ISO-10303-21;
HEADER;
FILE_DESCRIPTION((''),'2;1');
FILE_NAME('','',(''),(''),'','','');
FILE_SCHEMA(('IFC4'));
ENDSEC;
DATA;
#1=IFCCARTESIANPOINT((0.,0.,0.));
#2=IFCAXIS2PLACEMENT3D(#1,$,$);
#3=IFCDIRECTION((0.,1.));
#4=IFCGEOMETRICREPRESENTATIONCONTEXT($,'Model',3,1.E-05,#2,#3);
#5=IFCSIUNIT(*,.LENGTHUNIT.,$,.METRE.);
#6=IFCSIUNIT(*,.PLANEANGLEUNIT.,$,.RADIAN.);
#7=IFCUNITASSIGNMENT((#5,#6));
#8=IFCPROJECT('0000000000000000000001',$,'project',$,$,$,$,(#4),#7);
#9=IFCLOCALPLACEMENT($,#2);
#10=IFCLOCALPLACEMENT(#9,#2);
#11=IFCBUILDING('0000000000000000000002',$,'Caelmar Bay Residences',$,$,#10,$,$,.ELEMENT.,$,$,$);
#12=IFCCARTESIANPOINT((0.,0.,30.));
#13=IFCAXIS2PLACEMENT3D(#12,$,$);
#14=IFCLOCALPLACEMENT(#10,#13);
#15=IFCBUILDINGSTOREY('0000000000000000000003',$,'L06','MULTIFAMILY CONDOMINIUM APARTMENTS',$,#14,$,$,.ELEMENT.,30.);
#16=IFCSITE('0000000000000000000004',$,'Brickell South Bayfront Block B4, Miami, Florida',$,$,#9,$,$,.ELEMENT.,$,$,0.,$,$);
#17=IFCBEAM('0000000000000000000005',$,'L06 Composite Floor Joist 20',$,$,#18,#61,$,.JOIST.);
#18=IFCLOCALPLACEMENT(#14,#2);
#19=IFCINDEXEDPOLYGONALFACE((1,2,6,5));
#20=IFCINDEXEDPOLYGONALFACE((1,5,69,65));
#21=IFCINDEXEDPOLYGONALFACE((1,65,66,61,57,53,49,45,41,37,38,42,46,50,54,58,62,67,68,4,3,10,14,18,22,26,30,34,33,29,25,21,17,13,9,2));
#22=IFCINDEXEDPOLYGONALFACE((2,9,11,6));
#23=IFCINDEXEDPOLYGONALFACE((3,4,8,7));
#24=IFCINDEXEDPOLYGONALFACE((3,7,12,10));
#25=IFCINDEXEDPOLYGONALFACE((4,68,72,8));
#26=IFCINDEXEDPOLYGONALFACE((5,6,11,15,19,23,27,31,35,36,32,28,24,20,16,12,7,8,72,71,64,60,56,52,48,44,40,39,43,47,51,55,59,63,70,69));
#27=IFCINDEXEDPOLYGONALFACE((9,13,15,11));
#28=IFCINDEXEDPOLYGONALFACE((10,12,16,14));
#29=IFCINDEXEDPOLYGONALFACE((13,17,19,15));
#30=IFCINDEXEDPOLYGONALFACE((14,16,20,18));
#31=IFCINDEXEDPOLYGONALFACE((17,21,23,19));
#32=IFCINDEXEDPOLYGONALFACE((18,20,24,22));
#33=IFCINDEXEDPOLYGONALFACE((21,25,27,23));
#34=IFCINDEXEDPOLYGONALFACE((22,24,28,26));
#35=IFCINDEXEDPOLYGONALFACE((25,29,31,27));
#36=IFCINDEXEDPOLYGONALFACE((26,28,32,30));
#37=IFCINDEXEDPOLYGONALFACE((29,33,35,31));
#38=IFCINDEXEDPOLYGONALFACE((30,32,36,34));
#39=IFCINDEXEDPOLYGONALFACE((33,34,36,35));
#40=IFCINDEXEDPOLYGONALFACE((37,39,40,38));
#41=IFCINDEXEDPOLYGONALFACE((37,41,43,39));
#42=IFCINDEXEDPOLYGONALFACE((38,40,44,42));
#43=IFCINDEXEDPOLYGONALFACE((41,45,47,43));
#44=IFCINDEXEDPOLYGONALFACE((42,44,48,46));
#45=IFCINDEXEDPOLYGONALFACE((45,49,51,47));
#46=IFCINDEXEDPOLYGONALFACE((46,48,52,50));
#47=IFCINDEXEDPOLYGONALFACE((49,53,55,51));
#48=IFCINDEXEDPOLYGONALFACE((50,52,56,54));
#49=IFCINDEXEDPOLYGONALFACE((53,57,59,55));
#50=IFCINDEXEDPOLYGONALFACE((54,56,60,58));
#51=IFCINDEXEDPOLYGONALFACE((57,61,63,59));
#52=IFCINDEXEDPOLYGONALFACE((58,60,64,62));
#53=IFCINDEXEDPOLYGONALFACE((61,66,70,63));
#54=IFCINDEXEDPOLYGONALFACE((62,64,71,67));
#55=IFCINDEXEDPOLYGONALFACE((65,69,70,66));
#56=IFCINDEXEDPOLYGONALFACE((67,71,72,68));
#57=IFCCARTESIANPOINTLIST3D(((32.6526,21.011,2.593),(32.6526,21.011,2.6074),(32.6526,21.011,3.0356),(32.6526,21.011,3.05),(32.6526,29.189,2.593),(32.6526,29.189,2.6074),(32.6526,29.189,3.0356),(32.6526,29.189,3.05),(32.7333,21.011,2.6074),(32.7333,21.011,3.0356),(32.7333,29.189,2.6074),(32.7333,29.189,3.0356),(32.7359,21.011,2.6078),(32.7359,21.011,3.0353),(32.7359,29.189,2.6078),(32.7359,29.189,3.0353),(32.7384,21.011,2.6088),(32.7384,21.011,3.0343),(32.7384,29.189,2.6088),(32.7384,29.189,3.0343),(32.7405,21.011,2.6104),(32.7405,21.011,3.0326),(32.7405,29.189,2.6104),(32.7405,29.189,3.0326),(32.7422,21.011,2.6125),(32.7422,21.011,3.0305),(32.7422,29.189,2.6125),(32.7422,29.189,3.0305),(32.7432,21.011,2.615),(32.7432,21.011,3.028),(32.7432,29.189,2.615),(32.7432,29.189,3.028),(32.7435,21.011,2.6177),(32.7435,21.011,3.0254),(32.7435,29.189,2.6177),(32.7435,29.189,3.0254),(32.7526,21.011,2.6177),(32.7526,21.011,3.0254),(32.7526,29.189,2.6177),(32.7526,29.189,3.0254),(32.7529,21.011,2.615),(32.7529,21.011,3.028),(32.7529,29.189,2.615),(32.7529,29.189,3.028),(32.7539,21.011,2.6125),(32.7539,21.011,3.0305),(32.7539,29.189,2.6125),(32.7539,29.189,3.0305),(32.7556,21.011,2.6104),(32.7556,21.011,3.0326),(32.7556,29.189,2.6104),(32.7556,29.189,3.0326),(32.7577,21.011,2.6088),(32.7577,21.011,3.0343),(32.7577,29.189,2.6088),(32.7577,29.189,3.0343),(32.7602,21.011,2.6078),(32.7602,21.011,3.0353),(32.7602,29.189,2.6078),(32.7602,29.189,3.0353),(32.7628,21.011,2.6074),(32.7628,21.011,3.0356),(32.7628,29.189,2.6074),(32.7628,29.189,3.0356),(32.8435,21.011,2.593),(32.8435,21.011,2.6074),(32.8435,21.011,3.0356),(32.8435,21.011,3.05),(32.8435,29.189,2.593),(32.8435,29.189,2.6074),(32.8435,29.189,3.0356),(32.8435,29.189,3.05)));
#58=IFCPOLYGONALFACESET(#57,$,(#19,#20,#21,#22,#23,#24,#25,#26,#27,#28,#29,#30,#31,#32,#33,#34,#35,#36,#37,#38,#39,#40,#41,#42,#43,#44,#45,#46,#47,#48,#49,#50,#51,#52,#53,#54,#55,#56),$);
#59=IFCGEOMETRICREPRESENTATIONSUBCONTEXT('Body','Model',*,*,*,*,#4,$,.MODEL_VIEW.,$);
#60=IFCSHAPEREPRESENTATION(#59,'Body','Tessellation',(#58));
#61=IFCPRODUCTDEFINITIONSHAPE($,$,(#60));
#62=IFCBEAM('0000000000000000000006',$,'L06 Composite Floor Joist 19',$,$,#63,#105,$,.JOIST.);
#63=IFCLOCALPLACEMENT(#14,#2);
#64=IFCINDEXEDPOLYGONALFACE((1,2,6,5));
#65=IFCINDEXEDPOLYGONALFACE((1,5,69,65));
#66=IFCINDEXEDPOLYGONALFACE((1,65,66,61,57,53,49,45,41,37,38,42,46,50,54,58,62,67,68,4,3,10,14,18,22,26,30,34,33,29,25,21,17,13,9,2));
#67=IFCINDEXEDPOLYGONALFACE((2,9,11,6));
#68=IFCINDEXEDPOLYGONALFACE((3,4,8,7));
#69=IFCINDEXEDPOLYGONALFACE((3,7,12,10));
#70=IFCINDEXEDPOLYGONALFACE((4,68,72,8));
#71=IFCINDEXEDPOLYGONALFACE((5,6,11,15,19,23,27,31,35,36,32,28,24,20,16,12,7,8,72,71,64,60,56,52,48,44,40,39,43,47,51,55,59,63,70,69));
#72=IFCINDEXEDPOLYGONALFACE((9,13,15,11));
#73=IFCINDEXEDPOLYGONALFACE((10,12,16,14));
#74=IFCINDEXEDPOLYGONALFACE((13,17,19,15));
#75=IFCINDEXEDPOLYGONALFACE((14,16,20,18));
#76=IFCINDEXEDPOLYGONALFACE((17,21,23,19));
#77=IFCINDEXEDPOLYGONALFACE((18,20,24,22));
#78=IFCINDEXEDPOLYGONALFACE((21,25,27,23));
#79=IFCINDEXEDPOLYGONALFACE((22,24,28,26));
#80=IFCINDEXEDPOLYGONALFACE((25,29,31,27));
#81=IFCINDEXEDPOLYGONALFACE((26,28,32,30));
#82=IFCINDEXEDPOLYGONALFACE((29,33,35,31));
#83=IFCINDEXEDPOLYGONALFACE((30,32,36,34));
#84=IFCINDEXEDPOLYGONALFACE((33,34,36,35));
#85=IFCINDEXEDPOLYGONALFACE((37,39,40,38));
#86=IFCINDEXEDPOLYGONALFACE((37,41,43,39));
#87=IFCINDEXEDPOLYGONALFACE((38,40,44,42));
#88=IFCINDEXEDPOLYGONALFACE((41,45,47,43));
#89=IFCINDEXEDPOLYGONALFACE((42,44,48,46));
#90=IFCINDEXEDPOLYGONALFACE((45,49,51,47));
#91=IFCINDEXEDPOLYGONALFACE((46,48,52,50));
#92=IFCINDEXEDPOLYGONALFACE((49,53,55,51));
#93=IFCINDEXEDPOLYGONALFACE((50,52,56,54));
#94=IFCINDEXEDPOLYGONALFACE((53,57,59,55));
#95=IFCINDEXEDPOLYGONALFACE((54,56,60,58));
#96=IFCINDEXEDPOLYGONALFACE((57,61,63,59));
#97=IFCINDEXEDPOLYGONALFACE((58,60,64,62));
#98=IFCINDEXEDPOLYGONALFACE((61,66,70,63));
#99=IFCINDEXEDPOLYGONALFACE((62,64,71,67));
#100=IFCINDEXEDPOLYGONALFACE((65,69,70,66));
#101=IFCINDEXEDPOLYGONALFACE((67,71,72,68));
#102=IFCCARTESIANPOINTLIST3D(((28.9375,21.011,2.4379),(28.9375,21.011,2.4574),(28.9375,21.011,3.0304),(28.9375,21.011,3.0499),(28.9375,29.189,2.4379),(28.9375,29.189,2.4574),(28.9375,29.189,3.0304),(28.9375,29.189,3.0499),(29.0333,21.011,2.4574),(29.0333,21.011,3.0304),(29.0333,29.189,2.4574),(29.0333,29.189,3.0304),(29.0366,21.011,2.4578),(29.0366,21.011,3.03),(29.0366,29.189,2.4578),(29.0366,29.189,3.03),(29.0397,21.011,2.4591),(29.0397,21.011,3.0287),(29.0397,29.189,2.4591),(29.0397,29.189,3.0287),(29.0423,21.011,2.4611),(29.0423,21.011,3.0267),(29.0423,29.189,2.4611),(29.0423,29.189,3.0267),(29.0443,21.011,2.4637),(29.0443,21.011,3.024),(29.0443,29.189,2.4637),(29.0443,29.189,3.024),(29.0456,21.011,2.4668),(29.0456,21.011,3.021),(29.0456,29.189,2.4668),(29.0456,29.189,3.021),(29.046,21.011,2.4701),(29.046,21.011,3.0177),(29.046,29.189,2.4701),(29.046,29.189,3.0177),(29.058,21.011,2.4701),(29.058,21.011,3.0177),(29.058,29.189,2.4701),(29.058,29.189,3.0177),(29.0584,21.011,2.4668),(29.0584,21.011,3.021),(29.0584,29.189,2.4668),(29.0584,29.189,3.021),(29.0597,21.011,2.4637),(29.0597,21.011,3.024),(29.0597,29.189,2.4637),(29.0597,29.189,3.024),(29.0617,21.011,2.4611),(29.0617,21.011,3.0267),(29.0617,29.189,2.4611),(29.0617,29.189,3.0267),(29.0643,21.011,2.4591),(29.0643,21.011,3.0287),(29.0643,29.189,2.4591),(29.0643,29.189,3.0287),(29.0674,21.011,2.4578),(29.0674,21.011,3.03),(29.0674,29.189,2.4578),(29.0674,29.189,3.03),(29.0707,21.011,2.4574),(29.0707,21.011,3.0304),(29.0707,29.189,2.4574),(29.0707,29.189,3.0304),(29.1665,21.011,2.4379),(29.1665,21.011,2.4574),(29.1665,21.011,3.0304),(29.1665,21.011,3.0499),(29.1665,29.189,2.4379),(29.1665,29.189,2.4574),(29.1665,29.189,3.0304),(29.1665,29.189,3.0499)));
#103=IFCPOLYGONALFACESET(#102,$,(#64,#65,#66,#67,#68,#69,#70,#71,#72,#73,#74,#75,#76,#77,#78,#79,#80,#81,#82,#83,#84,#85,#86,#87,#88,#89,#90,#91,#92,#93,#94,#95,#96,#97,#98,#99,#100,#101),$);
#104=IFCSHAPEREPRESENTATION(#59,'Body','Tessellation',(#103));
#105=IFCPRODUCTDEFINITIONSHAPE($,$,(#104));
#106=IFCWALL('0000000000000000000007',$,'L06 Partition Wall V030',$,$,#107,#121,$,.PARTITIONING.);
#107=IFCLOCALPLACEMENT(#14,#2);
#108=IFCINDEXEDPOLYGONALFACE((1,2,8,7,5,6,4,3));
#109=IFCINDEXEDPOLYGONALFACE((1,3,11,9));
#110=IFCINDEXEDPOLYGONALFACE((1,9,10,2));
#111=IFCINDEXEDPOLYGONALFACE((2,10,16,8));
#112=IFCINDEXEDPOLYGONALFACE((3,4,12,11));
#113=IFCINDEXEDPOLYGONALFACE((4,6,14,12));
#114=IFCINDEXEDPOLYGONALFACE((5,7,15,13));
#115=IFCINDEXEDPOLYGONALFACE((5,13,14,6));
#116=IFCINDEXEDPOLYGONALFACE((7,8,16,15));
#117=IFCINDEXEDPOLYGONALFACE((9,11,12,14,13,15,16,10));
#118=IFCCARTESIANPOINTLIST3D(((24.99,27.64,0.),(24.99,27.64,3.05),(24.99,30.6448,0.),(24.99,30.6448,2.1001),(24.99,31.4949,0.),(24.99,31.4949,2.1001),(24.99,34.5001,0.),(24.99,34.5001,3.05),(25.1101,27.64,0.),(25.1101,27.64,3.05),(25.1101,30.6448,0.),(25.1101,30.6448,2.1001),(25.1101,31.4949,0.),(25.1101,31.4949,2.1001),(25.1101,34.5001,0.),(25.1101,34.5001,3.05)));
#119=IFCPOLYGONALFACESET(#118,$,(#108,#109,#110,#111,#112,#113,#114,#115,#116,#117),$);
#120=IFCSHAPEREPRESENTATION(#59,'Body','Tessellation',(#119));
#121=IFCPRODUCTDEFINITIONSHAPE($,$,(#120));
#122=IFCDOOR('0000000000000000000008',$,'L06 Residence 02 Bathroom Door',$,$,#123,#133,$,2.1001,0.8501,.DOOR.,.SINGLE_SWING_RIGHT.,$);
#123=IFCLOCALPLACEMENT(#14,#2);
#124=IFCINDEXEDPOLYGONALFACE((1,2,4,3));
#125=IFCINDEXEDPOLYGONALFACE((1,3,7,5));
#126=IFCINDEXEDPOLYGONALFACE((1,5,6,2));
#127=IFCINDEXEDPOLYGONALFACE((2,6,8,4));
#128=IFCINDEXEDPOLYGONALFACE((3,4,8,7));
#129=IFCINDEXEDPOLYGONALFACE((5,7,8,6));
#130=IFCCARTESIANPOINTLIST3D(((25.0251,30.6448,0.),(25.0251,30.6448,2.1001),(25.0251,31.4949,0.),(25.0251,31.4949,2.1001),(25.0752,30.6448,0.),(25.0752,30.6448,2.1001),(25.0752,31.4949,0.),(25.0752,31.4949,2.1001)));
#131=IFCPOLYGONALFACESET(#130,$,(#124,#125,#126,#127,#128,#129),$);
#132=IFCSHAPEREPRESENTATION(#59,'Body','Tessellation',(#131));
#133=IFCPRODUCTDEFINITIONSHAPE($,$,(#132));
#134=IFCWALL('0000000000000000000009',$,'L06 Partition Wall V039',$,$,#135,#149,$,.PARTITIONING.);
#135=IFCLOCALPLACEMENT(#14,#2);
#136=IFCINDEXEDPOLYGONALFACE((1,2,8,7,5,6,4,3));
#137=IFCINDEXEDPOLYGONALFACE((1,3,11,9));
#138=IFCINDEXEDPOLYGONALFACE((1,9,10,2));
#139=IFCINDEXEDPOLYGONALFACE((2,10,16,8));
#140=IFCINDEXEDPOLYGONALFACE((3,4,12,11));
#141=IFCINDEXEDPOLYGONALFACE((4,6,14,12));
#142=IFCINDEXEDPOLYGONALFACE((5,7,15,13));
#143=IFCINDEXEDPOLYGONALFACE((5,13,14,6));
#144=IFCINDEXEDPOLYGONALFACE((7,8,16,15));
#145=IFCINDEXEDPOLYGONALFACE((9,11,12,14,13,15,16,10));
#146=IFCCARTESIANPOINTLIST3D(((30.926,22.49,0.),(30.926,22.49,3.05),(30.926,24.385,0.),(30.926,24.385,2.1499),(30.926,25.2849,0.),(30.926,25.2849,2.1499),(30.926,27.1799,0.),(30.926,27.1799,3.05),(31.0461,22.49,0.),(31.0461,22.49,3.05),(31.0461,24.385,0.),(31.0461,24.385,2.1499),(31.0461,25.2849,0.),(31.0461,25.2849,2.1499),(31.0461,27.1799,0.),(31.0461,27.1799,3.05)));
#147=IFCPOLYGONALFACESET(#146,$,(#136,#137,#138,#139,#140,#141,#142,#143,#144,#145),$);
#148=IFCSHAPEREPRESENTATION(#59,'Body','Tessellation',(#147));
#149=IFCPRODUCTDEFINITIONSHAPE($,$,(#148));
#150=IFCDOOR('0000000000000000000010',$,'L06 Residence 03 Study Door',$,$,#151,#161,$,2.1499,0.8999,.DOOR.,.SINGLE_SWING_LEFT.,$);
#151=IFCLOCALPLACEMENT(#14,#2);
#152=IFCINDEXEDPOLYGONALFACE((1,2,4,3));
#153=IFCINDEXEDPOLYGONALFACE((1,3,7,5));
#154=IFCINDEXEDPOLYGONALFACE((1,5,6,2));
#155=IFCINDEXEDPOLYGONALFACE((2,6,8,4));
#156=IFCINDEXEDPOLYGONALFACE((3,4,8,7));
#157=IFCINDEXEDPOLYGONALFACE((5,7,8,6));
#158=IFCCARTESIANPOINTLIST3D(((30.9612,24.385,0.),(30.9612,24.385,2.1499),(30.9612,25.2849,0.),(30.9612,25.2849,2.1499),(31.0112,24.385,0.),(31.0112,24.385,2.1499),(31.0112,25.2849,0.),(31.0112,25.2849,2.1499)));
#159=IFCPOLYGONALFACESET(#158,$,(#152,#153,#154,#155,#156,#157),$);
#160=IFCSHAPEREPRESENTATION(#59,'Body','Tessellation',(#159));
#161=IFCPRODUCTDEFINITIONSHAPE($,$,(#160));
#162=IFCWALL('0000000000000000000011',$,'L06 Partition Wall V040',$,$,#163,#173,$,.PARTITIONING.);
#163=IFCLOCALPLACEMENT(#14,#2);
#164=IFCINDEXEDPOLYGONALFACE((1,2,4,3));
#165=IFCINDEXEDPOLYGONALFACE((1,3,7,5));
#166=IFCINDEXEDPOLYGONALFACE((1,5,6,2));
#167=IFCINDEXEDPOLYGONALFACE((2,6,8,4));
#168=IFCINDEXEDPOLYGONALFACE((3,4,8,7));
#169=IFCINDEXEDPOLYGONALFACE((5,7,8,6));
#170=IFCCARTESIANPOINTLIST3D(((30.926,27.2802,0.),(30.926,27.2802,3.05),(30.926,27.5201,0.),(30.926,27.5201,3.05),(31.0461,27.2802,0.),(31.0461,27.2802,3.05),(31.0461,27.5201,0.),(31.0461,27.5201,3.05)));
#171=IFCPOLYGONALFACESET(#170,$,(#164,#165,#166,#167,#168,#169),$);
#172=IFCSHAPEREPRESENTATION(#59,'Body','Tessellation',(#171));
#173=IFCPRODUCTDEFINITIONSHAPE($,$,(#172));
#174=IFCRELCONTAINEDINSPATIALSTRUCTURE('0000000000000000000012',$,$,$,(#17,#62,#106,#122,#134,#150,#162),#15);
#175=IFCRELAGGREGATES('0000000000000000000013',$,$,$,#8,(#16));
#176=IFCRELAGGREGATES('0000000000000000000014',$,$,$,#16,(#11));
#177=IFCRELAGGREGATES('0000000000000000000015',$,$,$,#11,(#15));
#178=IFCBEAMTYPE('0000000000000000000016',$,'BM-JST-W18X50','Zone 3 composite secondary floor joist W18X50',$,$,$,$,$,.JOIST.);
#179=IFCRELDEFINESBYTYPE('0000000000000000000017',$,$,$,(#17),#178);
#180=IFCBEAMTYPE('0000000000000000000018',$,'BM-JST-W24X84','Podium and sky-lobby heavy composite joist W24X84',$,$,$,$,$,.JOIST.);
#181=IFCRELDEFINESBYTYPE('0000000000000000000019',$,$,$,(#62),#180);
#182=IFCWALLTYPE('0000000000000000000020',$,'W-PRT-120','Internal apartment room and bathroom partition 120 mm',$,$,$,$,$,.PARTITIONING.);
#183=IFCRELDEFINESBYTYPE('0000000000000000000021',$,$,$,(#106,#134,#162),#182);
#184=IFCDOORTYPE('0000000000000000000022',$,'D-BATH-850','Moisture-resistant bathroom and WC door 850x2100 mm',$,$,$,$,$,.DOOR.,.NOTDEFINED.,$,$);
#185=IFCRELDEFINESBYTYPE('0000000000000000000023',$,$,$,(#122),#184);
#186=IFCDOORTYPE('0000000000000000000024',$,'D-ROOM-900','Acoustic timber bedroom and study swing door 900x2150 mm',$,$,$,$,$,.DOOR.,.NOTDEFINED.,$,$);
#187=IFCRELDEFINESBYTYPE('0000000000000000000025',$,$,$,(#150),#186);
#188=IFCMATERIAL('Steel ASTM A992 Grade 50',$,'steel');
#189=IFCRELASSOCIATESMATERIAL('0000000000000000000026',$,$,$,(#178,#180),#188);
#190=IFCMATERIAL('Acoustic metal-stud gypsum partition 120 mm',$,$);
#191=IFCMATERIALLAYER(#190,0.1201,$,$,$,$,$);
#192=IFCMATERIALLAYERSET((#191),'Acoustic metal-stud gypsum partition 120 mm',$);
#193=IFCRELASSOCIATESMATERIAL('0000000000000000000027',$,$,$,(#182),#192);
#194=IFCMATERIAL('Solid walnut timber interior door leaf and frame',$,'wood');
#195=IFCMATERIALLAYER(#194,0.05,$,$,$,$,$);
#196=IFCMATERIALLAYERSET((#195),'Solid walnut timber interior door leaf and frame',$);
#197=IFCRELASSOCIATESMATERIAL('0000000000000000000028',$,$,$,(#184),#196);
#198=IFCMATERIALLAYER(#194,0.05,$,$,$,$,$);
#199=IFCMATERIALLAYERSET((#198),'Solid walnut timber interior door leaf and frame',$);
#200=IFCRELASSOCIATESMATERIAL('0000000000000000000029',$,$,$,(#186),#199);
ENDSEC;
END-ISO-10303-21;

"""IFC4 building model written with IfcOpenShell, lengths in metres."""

from ifc_helpers import new_model, si_unit, direction, frame, frame_2d, origin, origin_2d, place, context, subcontext, project, spatial, rectangle, i_section, extrude, material, layer, layer_set, material_profile, profile_set, type_object, element, fill, save


model = new_model("IFC4")

# Units and contexts
model_context = context("Model", 3, precision=1e-05, world=origin(), true_north=direction((0.0, 1.0)))
body_context = subcontext(model_context, "Body", "Model", "MODEL_VIEW")
ifc_project = project(units=[si_unit("LENGTHUNIT", "METRE"), si_unit("PLANEANGLEUNIT", "RADIAN")], contexts=[model_context])

# Site, building, storey
site_placement = place(None, origin())
site = spatial("IfcSite", under=ifc_project, at=site_placement, Name="Brickell South Bayfront Block B4, Miami, Florida", CompositionType="ELEMENT", RefElevation=0.0)
building_placement = place(site_placement, origin())
building = spatial("IfcBuilding", under=site, at=building_placement, Name="Caelmar Bay Residences", CompositionType="ELEMENT")
storey_placement = place(building_placement, frame((0.0, 0.0, 30.0)))
storey = spatial("IfcBuildingStorey", under=building, at=storey_placement, Name="L06", Description="MULTIFAMILY CONDOMINIUM APARTMENTS", CompositionType="ELEMENT", Elevation=30.0)

# Beams
ifc_material_1 = material(Name="Steel ASTM A992 Grade 50", Category="steel")
ifc_material_profile_1 = material_profile(ifc_material_1, i_section(OverallWidth=0.1909, OverallDepth=0.457, WebThickness=0.009, FlangeThickness=0.0144, FilletRadius=0.0103, at=origin_2d()), Name="W18X50")
ifc_profile_set_1 = profile_set([ifc_material_profile_1], Name="Steel ASTM A992 Grade 50")
beam_type_1 = type_object("IfcBeamType", Name="BM-JST-W18X50", Description="Zone 3 composite secondary floor joist W18X50", PredefinedType="JOIST", material=ifc_profile_set_1)
beam_1_placement = place(storey_placement, frame((32.748, 21.011, 2.8215), z_axis=(0.0, 1.0, 0.0), x_axis=(-1.0, 0.0, 0.0)))
element("IfcBeam", 1, at=beam_1_placement, inside=storey, type_object=beam_type_1, Name="L06 Composite Floor Joist 20", PredefinedType="JOIST", context=body_context, shape_type="SweptSolid", body=[
    extrude(i_section(OverallWidth=0.1909, OverallDepth=0.457, WebThickness=0.009, FlangeThickness=0.0144, FilletRadius=0.0103, at=origin_2d()), origin(), (0.0, 0.0, 1.0), 8.178),
])
ifc_material_profile_2 = material_profile(ifc_material_1, i_section(OverallWidth=0.229, OverallDepth=0.6121, WebThickness=0.012, FlangeThickness=0.0195, FilletRadius=0.0127, at=origin_2d()), Name="W24X84")
ifc_profile_set_2 = profile_set([ifc_material_profile_2], Name="Steel ASTM A992 Grade 50")
beam_type_2 = type_object("IfcBeamType", Name="BM-JST-W24X84", Description="Podium and sky-lobby heavy composite joist W24X84", PredefinedType="JOIST", material=ifc_profile_set_2)
beam_2_placement = place(storey_placement, frame((29.052, 21.011, 2.7439), z_axis=(0.0, 1.0, 0.0), x_axis=(-1.0, 0.0, 0.0)))
element("IfcBeam", 2, at=beam_2_placement, inside=storey, type_object=beam_type_2, Name="L06 Composite Floor Joist 19", PredefinedType="JOIST", context=body_context, shape_type="SweptSolid", body=[
    extrude(i_section(OverallWidth=0.229, OverallDepth=0.6121, WebThickness=0.012, FlangeThickness=0.0195, FilletRadius=0.0127, at=origin_2d()), origin(), (0.0, 0.0, 1.0), 8.178),
])

# Walls, openings, doors
ifc_material_2 = material(Name="Acoustic metal-stud gypsum partition 120 mm")
ifc_layer_1 = layer(ifc_material_2, 0.1201)
ifc_layer_set_1 = layer_set([ifc_layer_1], Name="Acoustic metal-stud gypsum partition 120 mm")
wall_type_1 = type_object("IfcWallType", Name="W-PRT-120", Description="Internal apartment room and bathroom partition 120 mm", PredefinedType="PARTITIONING", material=ifc_layer_set_1)
wall_1_placement = place(storey_placement, frame((25.05, 27.6399, 0.0), z_axis=(0.0, 0.0, 1.0), x_axis=(0.0, 1.0, 0.0)))
wall_1 = element("IfcWall", 3, at=wall_1_placement, inside=storey, type_object=wall_type_1, Name="L06 Partition Wall V030", PredefinedType="PARTITIONING", context=body_context, shape_type="SweptSolid", body=[
    extrude(rectangle(XDim=6.8601, YDim=0.1201, at=frame_2d((3.4302, 0.0))), origin(), (0.0, 0.0, 1.0), 3.05),
])
opening_1_placement = place(wall_1_placement, frame((3.0049, 0.0, 0.0)))
opening_1 = element("IfcOpeningElement", 4, at=opening_1_placement, cuts=wall_1, PredefinedType="OPENING", context=body_context, shape_type="SweptSolid", body=[
    extrude(rectangle(XDim=0.8501, YDim=2.1001, at=frame_2d((0.425, 1.05))), frame((0.0, 0.0701, 0.0), z_axis=(0.0, -1.0, 0.0), x_axis=(1.0, 0.0, 0.0)), (0.0, 0.0, 1.0), 0.1401),
])
ifc_material_3 = material(Name="Solid walnut timber interior door leaf and frame", Category="wood")
ifc_layer_2 = layer(ifc_material_3, 0.05)
ifc_layer_set_2 = layer_set([ifc_layer_2], Name="Solid walnut timber interior door leaf and frame")
door_type_1 = type_object("IfcDoorType", Name="D-BATH-850", Description="Moisture-resistant bathroom and WC door 850x2100 mm", OperationType="NOTDEFINED", PredefinedType="DOOR", material=ifc_layer_set_2)
door_1_placement = place(opening_1_placement, origin())
door_1 = element("IfcDoor", 5, at=door_1_placement, inside=storey, type_object=door_type_1, Name="L06 Residence 02 Bathroom Door", OperationType="SINGLE_SWING_RIGHT", OverallHeight=2.1001, OverallWidth=0.8501, PredefinedType="DOOR", context=body_context, shape_type="SweptSolid", body=[
    extrude(rectangle(XDim=0.8501, YDim=2.1001, at=frame_2d((0.425, 1.05))), frame((0.0, 0.0249, 0.0), z_axis=(0.0, -1.0, 0.0), x_axis=(1.0, 0.0, 0.0)), (0.0, 0.0, 1.0), 0.05),
])
fill(opening_1, door_1)
wall_2_placement = place(storey_placement, frame((30.9861, 22.49, 0.0), z_axis=(0.0, 0.0, 1.0), x_axis=(0.0, 1.0, 0.0)))
wall_2 = element("IfcWall", 6, at=wall_2_placement, inside=storey, type_object=wall_type_1, Name="L06 Partition Wall V039", PredefinedType="PARTITIONING", context=body_context, shape_type="SweptSolid", body=[
    extrude(rectangle(XDim=4.6899, YDim=0.1201, at=frame_2d((2.345, 0.0))), origin(), (0.0, 0.0, 1.0), 3.05),
])
opening_2_placement = place(wall_2_placement, frame((1.895, 0.0, 0.0)))
opening_2 = element("IfcOpeningElement", 7, at=opening_2_placement, cuts=wall_2, PredefinedType="OPENING", context=body_context, shape_type="SweptSolid", body=[
    extrude(rectangle(XDim=0.8999, YDim=2.1499, at=frame_2d((0.45, 1.075))), frame((0.0, 0.0701, 0.0), z_axis=(0.0, -1.0, 0.0), x_axis=(1.0, 0.0, 0.0)), (0.0, 0.0, 1.0), 0.1401),
])
ifc_layer_3 = layer(ifc_material_3, 0.05)
ifc_layer_set_3 = layer_set([ifc_layer_3], Name="Solid walnut timber interior door leaf and frame")
door_type_2 = type_object("IfcDoorType", Name="D-ROOM-900", Description="Acoustic timber bedroom and study swing door 900x2150 mm", OperationType="NOTDEFINED", PredefinedType="DOOR", material=ifc_layer_set_3)
door_2_placement = place(opening_2_placement, origin())
door_2 = element("IfcDoor", 8, at=door_2_placement, inside=storey, type_object=door_type_2, Name="L06 Residence 03 Study Door", OperationType="SINGLE_SWING_LEFT", OverallHeight=2.1499, OverallWidth=0.8999, PredefinedType="DOOR", context=body_context, shape_type="SweptSolid", body=[
    extrude(rectangle(XDim=0.8999, YDim=2.1499, at=frame_2d((0.45, 1.075))), frame((0.0, 0.0249, 0.0), z_axis=(0.0, -1.0, 0.0), x_axis=(1.0, 0.0, 0.0)), (0.0, 0.0, 1.0), 0.05),
])
fill(opening_2, door_2)

# Wall
wall_3_placement = place(storey_placement, frame((30.9861, 27.28, 0.0), z_axis=(0.0, 0.0, 1.0), x_axis=(0.0, 1.0, 0.0)))
element("IfcWall", 9, at=wall_3_placement, inside=storey, type_object=wall_type_1, Name="L06 Partition Wall V040", PredefinedType="PARTITIONING", context=body_context, shape_type="SweptSolid", body=[
    extrude(rectangle(XDim=0.24, YDim=0.1201, at=frame_2d((0.1201, 0.0))), origin(), (0.0, 0.0, 1.0), 3.05),
])

save(model, "model.ifc")
